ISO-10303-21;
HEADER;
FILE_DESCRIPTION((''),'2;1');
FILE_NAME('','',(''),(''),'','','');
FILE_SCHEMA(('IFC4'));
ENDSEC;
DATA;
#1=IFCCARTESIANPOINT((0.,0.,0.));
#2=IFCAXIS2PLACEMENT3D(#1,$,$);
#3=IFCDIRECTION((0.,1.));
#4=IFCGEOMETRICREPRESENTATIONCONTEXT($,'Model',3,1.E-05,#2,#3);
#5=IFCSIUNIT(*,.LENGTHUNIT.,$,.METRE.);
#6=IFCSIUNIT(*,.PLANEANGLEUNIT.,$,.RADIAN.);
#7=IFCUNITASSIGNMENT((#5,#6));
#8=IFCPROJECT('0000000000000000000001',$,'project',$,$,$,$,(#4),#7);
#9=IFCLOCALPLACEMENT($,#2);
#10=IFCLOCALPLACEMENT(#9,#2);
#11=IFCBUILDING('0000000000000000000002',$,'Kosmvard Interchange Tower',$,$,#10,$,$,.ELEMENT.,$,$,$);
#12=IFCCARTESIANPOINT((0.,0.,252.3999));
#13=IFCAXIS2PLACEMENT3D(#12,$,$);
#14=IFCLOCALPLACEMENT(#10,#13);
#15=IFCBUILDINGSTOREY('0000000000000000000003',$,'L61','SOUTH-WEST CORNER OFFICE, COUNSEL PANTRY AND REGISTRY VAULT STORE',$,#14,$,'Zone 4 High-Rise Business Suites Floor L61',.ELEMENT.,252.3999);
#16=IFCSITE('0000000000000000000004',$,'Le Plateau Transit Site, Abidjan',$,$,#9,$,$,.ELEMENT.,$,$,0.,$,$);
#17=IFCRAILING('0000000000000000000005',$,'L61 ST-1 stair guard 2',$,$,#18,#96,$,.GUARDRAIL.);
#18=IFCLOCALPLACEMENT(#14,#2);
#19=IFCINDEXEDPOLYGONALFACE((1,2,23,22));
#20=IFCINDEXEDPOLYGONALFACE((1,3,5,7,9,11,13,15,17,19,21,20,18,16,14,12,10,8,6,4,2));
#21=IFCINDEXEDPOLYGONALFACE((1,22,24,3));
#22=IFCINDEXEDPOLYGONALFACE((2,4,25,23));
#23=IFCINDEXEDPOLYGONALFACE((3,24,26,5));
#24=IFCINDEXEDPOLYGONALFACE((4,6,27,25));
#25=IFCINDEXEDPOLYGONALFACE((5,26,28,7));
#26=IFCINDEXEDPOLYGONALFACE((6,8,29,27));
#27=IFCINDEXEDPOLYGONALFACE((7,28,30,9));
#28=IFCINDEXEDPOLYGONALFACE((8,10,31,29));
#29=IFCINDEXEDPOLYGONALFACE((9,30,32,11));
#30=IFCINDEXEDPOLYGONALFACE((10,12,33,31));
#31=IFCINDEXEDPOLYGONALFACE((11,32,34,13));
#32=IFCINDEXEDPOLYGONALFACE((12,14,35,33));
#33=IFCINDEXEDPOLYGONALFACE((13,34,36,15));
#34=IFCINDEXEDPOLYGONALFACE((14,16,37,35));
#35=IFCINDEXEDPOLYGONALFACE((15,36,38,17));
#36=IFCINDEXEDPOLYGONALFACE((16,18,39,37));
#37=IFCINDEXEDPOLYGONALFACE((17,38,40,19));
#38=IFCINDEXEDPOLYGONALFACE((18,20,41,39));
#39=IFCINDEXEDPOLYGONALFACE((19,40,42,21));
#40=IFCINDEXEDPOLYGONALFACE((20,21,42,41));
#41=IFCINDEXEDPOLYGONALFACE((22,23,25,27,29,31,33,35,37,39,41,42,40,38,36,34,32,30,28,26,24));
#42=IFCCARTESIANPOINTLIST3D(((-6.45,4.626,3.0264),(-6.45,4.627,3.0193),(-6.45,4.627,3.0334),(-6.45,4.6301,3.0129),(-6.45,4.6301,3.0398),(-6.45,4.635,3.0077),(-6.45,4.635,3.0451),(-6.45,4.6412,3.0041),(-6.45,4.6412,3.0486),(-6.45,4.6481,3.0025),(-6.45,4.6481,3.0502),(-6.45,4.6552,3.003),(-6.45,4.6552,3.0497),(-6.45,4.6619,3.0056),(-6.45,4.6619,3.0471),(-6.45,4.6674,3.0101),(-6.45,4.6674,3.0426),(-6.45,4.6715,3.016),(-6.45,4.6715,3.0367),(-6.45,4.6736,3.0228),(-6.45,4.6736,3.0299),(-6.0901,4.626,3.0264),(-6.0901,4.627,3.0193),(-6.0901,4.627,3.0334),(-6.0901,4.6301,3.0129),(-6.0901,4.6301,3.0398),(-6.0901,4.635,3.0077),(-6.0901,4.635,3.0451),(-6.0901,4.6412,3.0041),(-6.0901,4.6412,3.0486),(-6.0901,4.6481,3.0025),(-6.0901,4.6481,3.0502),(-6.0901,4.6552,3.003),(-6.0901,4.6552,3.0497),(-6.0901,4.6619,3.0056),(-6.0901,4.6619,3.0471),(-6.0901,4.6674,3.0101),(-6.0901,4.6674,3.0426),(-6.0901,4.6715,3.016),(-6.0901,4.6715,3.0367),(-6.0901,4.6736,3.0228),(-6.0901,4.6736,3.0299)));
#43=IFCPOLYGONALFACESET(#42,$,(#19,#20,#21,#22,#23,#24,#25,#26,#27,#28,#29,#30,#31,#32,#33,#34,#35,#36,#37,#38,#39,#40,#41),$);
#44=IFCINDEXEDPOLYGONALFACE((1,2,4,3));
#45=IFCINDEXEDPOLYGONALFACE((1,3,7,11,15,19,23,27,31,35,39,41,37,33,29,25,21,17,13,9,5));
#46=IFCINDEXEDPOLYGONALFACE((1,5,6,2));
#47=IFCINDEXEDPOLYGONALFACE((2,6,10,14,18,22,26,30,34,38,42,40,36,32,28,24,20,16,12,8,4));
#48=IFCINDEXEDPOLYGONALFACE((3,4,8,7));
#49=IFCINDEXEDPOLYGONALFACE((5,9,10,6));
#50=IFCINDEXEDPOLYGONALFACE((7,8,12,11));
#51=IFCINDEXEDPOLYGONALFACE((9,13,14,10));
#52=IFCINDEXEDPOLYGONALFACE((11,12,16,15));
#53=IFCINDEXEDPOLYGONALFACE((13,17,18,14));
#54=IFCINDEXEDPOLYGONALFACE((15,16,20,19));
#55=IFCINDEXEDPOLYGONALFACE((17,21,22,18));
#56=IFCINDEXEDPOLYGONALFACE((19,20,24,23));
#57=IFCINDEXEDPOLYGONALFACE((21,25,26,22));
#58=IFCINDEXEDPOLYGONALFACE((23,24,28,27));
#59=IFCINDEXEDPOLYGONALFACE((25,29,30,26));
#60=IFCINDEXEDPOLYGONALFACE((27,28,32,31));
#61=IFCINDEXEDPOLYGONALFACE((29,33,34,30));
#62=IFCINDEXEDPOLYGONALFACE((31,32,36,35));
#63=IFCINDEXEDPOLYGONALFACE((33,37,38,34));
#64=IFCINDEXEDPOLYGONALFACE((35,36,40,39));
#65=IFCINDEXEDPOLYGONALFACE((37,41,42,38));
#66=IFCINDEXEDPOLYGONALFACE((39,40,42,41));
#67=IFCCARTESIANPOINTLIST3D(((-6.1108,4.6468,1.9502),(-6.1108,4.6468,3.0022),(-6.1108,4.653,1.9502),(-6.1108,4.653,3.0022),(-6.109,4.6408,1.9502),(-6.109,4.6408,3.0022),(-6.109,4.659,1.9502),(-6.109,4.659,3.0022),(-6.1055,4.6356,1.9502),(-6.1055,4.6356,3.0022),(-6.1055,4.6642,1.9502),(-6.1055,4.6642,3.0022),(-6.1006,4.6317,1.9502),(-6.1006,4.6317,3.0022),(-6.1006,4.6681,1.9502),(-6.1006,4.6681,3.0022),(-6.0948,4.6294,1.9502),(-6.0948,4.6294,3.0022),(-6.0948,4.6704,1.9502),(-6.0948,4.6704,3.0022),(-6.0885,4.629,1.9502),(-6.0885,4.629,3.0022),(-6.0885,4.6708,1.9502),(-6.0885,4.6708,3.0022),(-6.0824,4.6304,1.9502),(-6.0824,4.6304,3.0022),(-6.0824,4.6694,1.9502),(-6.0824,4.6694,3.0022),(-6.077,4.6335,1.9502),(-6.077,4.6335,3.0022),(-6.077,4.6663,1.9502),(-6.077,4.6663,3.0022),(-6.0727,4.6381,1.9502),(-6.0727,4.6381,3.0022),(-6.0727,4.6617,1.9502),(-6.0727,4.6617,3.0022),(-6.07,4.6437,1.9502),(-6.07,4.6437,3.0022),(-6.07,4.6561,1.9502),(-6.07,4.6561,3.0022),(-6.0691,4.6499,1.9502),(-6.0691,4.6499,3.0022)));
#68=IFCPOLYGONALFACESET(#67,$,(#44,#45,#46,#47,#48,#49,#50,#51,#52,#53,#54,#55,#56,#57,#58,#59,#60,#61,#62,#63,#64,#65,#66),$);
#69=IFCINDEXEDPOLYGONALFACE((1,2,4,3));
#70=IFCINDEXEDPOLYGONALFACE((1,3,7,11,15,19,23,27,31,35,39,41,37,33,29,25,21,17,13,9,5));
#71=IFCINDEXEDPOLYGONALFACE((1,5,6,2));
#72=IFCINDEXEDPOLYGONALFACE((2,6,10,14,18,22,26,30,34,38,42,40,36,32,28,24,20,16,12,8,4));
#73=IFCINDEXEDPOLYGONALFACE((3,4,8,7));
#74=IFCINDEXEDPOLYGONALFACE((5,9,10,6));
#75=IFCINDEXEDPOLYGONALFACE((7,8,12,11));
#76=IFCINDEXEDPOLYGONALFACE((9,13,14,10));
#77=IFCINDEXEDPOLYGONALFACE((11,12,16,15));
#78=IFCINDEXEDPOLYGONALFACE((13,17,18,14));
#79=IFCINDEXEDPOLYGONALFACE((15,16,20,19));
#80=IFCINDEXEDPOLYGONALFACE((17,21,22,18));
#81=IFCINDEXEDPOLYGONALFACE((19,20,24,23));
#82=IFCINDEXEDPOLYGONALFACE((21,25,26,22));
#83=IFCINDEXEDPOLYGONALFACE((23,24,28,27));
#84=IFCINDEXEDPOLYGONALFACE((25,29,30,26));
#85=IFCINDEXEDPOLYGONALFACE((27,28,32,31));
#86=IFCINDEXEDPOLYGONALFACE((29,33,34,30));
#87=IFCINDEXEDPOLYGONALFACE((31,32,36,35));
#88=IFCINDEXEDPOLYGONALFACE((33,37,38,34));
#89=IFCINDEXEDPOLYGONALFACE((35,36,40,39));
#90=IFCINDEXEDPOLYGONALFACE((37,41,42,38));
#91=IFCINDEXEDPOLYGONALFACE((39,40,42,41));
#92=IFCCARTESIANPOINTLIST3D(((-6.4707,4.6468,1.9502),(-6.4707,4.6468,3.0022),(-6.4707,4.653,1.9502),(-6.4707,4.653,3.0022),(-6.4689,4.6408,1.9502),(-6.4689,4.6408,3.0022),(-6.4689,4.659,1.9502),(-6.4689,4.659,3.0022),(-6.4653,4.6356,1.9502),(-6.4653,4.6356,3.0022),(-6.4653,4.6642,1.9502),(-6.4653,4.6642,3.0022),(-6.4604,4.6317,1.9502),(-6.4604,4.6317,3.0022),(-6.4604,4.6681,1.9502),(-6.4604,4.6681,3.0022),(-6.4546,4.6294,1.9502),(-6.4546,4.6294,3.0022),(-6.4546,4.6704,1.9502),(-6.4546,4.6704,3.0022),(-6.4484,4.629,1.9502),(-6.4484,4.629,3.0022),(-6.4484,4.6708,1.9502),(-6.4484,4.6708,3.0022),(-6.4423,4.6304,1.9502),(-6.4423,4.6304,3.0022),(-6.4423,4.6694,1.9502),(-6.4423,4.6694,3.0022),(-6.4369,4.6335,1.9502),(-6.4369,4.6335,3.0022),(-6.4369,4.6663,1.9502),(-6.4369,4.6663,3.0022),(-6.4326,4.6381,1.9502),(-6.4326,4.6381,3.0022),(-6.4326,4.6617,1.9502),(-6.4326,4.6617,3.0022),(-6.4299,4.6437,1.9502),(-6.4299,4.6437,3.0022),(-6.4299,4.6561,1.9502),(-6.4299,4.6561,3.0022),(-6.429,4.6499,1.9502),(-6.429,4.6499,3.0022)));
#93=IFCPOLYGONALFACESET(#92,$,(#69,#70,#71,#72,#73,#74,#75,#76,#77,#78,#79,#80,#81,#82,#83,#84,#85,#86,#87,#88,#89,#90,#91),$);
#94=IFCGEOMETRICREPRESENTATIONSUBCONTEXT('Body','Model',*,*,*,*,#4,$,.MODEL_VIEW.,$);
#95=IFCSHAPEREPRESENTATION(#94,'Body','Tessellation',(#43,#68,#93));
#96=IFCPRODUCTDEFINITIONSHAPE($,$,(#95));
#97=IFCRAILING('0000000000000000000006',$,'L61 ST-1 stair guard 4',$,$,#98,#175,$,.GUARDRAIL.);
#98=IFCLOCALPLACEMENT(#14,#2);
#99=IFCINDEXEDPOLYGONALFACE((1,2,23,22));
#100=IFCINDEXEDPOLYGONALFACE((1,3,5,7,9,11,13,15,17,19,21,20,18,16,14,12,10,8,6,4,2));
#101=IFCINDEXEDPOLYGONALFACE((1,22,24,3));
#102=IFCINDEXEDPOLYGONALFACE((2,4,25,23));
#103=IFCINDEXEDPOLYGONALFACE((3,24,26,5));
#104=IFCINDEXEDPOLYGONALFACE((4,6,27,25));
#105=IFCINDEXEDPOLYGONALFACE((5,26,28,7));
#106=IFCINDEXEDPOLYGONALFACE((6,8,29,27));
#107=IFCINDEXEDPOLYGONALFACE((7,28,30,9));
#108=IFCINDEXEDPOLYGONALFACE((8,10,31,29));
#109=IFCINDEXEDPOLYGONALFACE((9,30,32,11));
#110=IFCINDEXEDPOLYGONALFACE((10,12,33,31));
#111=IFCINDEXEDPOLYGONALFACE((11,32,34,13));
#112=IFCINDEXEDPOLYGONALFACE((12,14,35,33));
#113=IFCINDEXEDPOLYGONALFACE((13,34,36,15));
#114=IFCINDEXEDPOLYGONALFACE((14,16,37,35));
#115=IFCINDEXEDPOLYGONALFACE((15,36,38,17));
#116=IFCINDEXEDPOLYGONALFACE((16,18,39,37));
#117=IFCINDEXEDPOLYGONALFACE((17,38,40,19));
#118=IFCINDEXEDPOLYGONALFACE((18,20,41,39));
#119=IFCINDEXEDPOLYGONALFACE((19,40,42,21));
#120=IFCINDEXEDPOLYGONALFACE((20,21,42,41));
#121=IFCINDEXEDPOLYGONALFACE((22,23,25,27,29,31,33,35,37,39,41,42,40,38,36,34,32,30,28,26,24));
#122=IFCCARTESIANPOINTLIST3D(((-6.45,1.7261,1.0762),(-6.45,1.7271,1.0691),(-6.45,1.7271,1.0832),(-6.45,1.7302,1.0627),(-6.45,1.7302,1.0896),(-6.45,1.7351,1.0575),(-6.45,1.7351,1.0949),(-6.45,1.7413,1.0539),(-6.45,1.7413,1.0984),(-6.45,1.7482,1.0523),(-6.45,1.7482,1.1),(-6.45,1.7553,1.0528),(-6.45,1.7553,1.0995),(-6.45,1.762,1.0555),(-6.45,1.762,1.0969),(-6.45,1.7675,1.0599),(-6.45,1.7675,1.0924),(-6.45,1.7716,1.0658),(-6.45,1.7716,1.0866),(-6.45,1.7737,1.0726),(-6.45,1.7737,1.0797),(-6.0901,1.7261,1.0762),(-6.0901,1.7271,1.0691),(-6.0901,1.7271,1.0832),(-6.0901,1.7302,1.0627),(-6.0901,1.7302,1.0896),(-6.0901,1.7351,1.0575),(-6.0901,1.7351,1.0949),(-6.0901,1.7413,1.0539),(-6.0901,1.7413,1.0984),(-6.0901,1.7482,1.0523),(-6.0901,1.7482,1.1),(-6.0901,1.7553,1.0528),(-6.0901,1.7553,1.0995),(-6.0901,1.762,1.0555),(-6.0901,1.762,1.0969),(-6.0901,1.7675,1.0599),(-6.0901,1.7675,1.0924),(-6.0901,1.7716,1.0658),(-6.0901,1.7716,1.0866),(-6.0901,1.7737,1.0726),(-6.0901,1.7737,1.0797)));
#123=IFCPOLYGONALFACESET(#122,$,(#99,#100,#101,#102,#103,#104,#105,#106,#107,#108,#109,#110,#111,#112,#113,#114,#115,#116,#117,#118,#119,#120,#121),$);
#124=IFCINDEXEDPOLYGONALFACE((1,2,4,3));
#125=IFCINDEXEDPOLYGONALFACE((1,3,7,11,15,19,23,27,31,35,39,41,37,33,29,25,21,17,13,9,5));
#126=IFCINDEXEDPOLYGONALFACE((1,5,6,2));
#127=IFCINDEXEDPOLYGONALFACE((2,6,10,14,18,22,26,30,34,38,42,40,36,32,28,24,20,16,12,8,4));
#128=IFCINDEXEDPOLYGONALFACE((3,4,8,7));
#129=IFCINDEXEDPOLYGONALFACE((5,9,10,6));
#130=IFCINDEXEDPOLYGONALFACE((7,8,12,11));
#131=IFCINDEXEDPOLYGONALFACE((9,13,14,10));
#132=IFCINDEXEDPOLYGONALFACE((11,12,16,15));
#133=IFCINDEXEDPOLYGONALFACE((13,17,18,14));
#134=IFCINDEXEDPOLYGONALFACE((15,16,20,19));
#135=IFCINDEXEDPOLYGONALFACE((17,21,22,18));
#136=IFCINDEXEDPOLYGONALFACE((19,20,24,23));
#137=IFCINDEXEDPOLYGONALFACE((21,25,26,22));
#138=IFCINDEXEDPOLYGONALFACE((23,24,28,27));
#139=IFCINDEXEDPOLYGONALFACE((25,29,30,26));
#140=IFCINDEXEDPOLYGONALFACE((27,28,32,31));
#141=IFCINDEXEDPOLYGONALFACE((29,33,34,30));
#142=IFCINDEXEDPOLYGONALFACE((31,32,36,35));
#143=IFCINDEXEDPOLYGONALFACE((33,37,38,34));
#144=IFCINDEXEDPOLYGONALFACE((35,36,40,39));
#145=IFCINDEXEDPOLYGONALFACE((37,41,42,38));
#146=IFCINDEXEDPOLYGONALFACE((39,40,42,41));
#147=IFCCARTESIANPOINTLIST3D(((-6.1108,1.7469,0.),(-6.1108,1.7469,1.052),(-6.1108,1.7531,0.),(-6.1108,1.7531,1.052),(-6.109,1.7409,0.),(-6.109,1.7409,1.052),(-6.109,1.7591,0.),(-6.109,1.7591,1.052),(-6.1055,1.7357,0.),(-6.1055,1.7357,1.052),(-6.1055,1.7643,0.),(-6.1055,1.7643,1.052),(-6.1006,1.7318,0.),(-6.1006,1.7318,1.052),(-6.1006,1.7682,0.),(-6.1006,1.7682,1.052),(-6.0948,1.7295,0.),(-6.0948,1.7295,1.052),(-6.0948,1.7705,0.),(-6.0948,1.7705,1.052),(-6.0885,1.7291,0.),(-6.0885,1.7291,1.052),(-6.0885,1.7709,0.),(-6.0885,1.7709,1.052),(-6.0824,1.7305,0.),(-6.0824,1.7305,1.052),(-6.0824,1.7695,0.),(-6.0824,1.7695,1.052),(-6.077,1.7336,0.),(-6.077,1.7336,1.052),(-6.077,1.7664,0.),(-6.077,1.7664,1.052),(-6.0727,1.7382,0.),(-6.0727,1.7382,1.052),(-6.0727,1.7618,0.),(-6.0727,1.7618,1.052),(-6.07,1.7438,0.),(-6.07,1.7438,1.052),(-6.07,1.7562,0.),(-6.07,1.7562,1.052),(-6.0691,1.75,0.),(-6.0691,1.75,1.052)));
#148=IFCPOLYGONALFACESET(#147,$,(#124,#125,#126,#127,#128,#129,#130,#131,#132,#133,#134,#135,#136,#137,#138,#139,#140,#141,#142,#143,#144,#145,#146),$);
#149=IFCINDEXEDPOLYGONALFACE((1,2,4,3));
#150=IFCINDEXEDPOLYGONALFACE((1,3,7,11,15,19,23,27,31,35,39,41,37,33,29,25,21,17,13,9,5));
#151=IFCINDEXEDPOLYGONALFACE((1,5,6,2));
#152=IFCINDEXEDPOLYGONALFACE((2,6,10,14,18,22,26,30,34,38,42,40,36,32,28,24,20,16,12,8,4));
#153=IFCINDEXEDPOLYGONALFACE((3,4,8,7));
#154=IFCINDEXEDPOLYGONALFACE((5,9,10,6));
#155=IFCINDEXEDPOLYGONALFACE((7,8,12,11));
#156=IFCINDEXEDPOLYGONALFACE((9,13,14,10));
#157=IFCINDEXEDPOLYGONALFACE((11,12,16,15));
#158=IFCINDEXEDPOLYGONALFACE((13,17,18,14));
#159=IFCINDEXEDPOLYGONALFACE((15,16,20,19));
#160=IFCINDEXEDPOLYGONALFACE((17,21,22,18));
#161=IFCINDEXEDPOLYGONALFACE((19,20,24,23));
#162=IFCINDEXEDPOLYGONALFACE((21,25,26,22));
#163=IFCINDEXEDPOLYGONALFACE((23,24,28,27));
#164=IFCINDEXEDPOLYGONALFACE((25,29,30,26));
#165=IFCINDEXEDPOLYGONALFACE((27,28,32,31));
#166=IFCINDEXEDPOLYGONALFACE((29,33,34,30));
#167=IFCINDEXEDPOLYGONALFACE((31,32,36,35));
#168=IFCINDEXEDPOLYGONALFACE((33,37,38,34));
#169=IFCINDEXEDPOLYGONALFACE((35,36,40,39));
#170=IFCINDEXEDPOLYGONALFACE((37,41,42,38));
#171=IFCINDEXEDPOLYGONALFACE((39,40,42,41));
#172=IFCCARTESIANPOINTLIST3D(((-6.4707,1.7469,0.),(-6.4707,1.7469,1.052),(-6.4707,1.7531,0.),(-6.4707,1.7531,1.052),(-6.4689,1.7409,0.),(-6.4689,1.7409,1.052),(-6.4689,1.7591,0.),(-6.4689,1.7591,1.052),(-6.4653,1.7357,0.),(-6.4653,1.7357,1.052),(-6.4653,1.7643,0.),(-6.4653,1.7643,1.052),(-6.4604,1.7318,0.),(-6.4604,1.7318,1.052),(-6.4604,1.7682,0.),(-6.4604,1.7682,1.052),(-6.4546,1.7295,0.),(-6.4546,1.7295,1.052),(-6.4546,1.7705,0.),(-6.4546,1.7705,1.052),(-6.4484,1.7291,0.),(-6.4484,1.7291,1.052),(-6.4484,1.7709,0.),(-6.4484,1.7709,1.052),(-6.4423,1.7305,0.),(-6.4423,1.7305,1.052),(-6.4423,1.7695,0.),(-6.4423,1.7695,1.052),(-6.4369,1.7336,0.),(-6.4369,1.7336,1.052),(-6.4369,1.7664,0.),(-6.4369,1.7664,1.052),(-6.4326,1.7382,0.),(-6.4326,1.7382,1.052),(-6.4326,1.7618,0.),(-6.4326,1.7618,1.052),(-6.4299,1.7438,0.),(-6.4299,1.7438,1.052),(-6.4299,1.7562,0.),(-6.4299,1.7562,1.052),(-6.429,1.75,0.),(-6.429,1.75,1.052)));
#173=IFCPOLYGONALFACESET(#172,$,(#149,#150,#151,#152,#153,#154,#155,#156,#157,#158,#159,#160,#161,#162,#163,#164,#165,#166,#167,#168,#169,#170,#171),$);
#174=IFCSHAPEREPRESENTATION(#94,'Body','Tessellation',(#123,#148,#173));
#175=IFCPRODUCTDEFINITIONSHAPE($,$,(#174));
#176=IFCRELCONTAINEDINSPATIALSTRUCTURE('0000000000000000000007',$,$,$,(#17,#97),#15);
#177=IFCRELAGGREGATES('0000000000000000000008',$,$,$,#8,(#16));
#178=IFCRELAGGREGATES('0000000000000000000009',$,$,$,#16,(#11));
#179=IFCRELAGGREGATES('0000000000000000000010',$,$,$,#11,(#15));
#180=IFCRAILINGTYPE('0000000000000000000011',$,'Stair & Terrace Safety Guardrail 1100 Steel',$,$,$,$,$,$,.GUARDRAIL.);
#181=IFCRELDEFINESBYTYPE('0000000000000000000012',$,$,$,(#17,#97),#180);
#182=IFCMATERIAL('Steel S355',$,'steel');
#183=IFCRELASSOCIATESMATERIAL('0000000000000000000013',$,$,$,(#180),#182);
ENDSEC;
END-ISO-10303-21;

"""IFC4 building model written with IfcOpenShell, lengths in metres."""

from ifc_helpers import new_model, si_unit, direction, frame, origin, origin_2d, place, context, subcontext, project, spatial, circle, extrude, source, transform, mapped, material, type_object, element, save


model = new_model("IFC4")

# Units and contexts
model_context = context("Model", 3, precision=1e-05, world=origin(), true_north=direction((0.0, 1.0)))
body_context = subcontext(model_context, "Body", "Model", "MODEL_VIEW")
ifc_project = project(units=[si_unit("LENGTHUNIT", "METRE"), si_unit("PLANEANGLEUNIT", "RADIAN")], contexts=[model_context])

# Site, building, storey
site_placement = place(None, origin())
site = spatial("IfcSite", under=ifc_project, at=site_placement, Name="Le Plateau Transit Site, Abidjan", CompositionType="ELEMENT", RefElevation=0.0)
building_placement = place(site_placement, origin())
building = spatial("IfcBuilding", under=site, at=building_placement, Name="Kosmvard Interchange Tower", CompositionType="ELEMENT")
storey_placement = place(building_placement, frame((0.0, 0.0, 252.3999)))
storey = spatial("IfcBuildingStorey", under=building, at=storey_placement, Name="L61", Description="SOUTH-WEST CORNER OFFICE, COUNSEL PANTRY AND REGISTRY VAULT STORE", LongName="Zone 4 High-Rise Business Suites Floor L61", CompositionType="ELEMENT", Elevation=252.3999)

# Railings
ifc_material_1 = material(Name="Steel S355", Category="steel")
railing_type_1 = type_object("IfcRailingType", Name="Stair & Terrace Safety Guardrail 1100 Steel", PredefinedType="GUARDRAIL", material=ifc_material_1)
shared_shape_1 = source(origin(), body_context, "Body", "SweptSolid", [
    extrude(circle(Radius=0.0239, at=origin_2d()), frame((0.0, 0.0, 1.0762), z_axis=(-1.0, 0.0, 0.0), x_axis=(0.0, -1.0, 0.0)), (0.0, 0.0, 1.0), 0.3599),
    extrude(circle(Radius=0.021, at=origin_2d()), origin(), (0.0, 0.0, 1.0), 1.052),
    extrude(circle(Radius=0.021, at=origin_2d()), frame((-0.3599, 0.0, 0.0)), (0.0, 0.0, 1.0), 1.052),
])
for number, where, name in (
    (1, (-6.0901, 4.6499, 1.9502), "L61 ST-1 stair guard 2"),
    (2, (-6.0901, 1.75, 0.0), "L61 ST-1 stair guard 4"),
):
    element("IfcRailing", number, at=place(storey_placement, frame(where)), inside=storey, type_object=railing_type_1, Name=name, PredefinedType="GUARDRAIL", context=body_context, shape_type="MappedRepresentation", body=[
        mapped(shared_shape_1, transform((0.0, 0.0, 0.0), scale=1.0)),
    ])

save(model, "model.ifc")
